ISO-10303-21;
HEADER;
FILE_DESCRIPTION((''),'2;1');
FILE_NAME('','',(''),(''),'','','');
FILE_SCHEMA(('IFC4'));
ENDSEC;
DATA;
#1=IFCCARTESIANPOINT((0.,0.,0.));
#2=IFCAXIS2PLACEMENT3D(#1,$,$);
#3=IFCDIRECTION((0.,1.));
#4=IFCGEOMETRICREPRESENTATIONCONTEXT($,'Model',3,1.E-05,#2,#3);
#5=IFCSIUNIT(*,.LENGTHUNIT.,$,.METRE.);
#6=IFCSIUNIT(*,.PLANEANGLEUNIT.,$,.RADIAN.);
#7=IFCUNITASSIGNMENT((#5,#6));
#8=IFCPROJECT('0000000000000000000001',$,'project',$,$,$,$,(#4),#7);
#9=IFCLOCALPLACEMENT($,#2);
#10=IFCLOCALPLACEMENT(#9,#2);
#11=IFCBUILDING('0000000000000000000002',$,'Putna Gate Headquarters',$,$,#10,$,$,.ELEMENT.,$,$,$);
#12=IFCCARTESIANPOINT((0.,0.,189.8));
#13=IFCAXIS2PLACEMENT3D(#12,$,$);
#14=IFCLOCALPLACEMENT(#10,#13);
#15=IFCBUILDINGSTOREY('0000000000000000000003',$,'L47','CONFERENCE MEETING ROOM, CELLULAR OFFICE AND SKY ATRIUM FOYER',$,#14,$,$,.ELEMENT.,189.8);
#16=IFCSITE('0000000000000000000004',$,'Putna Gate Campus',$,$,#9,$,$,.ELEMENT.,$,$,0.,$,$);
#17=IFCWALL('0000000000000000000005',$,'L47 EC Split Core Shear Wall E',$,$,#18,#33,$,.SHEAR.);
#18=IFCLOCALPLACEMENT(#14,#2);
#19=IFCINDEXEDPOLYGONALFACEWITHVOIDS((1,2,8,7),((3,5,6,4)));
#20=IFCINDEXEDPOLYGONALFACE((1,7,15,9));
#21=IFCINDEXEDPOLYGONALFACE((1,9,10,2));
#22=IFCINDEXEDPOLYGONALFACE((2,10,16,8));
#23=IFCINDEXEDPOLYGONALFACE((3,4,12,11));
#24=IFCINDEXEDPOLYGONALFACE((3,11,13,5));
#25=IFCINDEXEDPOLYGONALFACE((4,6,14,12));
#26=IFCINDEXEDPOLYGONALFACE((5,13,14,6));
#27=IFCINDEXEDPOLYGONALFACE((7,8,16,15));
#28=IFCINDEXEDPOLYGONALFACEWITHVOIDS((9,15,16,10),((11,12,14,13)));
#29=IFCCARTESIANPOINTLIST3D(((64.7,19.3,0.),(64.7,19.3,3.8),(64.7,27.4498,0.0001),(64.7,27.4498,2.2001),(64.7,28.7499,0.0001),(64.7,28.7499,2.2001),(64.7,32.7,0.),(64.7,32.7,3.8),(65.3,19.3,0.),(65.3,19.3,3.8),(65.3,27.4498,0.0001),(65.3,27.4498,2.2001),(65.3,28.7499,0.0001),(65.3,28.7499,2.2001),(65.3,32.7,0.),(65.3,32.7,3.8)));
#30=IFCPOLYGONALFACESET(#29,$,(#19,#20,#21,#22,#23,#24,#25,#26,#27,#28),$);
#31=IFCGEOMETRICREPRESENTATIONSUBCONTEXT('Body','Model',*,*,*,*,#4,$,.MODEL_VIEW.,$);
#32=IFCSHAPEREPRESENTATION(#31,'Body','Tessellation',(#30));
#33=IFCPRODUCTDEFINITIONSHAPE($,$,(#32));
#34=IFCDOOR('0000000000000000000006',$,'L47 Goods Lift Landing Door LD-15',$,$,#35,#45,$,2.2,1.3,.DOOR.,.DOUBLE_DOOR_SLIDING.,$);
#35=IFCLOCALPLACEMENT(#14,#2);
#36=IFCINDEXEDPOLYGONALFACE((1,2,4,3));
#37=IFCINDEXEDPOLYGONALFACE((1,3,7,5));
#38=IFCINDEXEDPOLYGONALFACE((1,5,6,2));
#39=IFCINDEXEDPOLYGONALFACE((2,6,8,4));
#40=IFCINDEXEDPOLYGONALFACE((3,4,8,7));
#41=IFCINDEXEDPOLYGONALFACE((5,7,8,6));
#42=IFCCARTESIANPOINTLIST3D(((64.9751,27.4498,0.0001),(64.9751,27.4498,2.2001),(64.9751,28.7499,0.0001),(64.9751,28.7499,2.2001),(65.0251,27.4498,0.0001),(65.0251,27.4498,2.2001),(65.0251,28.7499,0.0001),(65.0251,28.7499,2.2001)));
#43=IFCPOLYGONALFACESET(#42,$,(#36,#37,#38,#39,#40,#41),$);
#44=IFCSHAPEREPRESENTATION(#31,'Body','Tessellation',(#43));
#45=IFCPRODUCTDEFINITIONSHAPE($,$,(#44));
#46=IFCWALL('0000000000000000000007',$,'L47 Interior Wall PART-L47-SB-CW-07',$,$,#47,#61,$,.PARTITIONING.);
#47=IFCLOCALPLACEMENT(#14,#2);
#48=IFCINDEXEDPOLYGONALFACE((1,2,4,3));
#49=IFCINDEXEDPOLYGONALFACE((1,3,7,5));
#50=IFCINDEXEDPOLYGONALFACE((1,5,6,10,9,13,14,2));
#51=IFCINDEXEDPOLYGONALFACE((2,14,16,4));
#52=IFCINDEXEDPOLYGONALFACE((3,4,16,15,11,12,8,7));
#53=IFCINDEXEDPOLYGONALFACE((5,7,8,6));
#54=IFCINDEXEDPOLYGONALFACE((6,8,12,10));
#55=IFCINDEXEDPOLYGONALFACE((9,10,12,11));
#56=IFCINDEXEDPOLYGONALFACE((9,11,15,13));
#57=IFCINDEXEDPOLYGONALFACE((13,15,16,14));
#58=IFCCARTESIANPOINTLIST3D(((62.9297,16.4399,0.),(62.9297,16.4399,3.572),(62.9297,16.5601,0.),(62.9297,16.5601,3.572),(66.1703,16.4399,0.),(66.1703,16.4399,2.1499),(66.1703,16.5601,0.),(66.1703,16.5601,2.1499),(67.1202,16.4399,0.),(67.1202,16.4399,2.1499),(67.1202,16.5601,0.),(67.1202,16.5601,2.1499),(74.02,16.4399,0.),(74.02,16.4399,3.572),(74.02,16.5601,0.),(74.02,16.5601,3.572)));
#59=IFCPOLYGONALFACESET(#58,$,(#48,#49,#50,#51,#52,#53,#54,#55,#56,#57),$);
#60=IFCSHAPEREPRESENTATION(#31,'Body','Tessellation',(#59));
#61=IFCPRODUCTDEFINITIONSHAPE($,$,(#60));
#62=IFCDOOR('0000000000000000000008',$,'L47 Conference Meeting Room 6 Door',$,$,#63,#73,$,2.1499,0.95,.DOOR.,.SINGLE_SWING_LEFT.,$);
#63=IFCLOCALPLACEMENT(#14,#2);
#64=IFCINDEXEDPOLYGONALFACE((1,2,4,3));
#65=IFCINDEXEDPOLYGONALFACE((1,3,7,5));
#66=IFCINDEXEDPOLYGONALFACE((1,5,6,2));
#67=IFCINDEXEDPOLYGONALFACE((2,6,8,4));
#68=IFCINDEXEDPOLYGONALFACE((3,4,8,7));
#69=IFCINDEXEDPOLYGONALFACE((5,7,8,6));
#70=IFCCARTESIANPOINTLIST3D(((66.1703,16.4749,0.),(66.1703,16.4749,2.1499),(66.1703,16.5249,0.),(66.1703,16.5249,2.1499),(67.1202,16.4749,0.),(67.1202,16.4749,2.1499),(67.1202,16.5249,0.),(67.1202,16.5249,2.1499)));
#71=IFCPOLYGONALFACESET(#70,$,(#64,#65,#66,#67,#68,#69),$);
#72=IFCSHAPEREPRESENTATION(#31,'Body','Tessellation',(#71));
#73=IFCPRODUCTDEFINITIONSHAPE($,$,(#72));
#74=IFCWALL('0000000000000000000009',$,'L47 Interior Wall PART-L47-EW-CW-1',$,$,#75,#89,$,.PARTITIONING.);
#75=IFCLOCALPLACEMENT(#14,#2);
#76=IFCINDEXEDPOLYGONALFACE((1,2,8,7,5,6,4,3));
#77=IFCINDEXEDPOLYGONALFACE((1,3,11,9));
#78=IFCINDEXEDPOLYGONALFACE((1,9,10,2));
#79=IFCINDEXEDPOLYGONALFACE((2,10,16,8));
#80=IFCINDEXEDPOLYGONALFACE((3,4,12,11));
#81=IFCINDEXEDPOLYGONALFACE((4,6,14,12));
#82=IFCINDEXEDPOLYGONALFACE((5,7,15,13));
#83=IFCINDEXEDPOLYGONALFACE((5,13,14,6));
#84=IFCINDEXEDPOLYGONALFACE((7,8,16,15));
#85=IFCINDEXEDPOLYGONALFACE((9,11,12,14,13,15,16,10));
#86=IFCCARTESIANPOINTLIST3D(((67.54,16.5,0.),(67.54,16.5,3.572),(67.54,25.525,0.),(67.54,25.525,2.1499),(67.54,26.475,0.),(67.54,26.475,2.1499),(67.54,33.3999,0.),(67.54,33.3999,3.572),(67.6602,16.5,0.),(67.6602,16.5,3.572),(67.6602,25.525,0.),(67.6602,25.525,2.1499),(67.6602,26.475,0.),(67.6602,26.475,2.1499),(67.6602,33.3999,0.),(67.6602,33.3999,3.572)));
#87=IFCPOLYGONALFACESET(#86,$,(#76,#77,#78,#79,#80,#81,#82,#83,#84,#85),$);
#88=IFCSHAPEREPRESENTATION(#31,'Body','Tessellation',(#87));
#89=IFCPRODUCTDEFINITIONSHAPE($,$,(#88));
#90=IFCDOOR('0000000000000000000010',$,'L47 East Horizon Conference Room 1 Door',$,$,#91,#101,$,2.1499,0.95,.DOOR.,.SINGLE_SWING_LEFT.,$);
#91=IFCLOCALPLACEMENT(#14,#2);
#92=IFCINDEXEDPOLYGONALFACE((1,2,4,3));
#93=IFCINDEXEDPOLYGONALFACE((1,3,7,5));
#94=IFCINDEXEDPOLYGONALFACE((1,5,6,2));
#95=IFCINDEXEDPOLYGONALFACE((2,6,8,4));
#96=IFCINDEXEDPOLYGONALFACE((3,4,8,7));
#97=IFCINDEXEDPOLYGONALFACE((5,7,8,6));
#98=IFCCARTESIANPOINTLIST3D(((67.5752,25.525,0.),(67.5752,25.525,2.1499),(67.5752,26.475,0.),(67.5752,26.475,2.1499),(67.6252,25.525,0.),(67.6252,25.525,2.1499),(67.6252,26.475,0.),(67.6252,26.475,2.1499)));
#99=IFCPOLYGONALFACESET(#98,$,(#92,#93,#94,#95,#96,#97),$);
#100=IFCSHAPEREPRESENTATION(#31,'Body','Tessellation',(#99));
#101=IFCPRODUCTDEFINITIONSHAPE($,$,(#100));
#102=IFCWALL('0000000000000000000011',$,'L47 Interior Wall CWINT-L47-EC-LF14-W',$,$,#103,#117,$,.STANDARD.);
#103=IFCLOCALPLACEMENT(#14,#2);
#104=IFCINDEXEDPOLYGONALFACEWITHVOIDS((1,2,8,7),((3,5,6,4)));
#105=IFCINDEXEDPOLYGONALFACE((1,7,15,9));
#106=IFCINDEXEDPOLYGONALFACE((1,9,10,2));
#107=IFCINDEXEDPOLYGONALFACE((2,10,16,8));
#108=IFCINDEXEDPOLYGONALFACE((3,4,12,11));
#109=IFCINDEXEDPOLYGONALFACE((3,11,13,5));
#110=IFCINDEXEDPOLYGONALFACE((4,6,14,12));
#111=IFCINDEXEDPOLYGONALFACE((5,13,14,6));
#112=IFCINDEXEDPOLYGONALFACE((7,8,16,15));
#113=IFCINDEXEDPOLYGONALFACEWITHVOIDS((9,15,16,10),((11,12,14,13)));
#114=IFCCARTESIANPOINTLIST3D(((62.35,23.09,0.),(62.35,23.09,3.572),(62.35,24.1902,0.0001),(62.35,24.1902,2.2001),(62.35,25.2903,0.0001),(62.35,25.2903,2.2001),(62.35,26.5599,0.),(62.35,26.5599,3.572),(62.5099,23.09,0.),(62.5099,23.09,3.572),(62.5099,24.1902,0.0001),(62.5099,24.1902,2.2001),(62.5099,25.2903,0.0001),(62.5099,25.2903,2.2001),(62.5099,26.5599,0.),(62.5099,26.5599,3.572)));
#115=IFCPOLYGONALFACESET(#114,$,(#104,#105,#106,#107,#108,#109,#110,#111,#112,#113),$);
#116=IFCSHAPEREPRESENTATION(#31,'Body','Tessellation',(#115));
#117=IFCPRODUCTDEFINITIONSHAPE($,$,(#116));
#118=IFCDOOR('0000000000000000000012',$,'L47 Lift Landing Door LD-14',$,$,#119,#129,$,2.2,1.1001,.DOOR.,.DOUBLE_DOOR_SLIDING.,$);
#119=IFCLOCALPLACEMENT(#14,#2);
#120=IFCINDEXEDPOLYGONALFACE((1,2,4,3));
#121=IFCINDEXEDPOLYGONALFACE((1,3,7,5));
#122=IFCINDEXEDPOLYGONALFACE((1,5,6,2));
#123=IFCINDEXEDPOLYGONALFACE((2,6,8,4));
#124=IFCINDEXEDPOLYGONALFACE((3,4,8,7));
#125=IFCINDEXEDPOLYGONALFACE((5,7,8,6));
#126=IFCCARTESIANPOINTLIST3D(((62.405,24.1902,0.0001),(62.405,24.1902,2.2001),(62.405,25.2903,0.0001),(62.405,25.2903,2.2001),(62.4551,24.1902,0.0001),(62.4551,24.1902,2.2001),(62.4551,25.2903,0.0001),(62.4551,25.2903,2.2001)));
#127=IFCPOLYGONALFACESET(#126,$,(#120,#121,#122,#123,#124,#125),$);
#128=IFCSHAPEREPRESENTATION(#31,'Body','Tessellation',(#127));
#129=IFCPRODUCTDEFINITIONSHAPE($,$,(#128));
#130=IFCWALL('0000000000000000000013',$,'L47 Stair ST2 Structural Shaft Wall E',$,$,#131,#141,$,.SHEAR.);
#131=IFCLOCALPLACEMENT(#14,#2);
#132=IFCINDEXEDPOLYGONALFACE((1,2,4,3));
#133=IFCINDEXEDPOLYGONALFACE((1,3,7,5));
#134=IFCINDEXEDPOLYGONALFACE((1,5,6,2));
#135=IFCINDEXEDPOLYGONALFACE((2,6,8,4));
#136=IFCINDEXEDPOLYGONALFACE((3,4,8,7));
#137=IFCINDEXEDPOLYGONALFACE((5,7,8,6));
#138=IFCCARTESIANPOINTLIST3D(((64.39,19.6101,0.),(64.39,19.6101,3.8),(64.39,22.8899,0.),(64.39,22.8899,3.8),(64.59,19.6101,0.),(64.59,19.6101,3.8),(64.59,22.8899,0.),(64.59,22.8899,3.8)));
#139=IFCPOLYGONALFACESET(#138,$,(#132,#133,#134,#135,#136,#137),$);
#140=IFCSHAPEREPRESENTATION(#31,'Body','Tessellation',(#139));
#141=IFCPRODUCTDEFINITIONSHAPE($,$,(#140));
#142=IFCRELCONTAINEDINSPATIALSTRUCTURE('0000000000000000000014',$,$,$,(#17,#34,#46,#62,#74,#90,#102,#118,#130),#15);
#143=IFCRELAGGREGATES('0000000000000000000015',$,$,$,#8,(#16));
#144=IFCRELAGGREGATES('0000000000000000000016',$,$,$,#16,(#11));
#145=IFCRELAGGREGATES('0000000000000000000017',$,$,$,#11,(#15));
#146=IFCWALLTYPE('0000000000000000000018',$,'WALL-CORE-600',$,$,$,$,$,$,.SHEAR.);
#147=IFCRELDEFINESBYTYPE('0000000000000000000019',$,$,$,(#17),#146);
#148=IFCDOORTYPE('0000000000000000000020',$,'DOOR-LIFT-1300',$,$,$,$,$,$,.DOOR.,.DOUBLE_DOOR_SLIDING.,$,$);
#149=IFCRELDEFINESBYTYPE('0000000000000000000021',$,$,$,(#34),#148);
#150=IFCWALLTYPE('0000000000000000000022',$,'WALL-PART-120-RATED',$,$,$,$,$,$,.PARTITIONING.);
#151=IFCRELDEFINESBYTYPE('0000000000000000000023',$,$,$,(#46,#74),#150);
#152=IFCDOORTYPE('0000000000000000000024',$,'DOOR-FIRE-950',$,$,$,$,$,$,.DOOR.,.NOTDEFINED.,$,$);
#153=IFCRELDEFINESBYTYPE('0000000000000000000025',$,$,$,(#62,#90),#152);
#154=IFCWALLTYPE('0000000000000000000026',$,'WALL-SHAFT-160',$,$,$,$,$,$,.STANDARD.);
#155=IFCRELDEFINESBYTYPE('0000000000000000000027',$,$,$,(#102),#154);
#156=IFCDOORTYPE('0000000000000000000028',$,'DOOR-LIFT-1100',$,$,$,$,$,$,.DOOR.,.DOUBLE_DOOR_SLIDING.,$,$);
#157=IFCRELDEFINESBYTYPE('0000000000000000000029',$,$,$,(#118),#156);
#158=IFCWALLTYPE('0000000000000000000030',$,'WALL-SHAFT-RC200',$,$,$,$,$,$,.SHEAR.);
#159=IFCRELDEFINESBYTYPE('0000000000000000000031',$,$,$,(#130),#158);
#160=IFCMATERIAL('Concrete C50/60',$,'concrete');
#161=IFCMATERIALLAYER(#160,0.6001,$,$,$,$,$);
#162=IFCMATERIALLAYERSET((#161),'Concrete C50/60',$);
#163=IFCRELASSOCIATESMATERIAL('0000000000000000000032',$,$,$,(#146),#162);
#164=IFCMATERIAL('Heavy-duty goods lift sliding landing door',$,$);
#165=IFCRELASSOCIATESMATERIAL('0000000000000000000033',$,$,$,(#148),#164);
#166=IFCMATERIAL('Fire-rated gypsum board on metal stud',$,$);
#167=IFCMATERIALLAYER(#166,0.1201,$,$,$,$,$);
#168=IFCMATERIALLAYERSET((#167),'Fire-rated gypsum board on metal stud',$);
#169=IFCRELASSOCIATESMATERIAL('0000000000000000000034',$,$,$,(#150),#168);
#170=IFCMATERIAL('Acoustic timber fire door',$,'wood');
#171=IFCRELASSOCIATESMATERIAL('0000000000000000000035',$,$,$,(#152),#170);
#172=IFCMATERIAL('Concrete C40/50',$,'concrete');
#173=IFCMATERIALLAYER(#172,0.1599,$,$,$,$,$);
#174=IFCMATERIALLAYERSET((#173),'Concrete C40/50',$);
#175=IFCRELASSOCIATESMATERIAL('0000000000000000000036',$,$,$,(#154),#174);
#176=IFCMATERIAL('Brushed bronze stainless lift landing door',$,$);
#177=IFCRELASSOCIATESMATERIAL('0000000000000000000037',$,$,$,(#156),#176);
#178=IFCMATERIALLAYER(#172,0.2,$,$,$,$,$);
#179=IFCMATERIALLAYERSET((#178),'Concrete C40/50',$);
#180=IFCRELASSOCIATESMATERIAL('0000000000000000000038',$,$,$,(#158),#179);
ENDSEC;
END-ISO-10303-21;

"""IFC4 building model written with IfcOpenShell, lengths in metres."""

from ifc_helpers import new_model, si_unit, direction, frame, frame_2d, origin, place, context, subcontext, project, spatial, rectangle, extrude, material, layer, layer_set, type_object, element, fill, save


model = new_model("IFC4")

# Units and contexts
model_context = context("Model", 3, precision=1e-05, world=origin(), true_north=direction((0.0, 1.0)))
body_context = subcontext(model_context, "Body", "Model", "MODEL_VIEW")
ifc_project = project(units=[si_unit("LENGTHUNIT", "METRE"), si_unit("PLANEANGLEUNIT", "RADIAN")], contexts=[model_context])

# Site, building, storey
site_placement = place(None, origin())
site = spatial("IfcSite", under=ifc_project, at=site_placement, Name="Putna Gate Campus", CompositionType="ELEMENT", RefElevation=0.0)
building_placement = place(site_placement, origin())
building = spatial("IfcBuilding", under=site, at=building_placement, Name="Putna Gate Headquarters", CompositionType="ELEMENT")
storey_placement = place(building_placement, frame((0.0, 0.0, 189.8)))
storey = spatial("IfcBuildingStorey", under=building, at=storey_placement, Name="L47", Description="CONFERENCE MEETING ROOM, CELLULAR OFFICE AND SKY ATRIUM FOYER", CompositionType="ELEMENT", Elevation=189.8)

# Shared definitions
ifc_material_1 = material(Name="Concrete C50/60", Category="concrete")

# Walls, openings, doors
ifc_layer_1 = layer(ifc_material_1, 0.6001)
ifc_layer_set_1 = layer_set([ifc_layer_1], Name="Concrete C50/60")
wall_type_1 = type_object("IfcWallType", Name="WALL-CORE-600", PredefinedType="SHEAR", material=ifc_layer_set_1)
wall_1_placement = place(storey_placement, frame((65.0, 19.3, 0.0), z_axis=(0.0, 0.0, 1.0), x_axis=(0.0, 1.0, 0.0)))
wall_1 = element("IfcWall", 1, at=wall_1_placement, inside=storey, type_object=wall_type_1, Name="L47 EC Split Core Shear Wall E", PredefinedType="SHEAR", context=body_context, shape_type="SweptSolid", body=[
    extrude(rectangle(XDim=13.3999, YDim=0.6001, at=frame_2d((6.7, 0.0))), origin(), (0.0, 0.0, 1.0), 3.8),
])
opening_1_placement = place(wall_1_placement, frame((8.1499, 0.0, 0.0)))
opening_1 = element("IfcOpeningElement", 2, at=opening_1_placement, cuts=wall_1, PredefinedType="OPENING", context=body_context, shape_type="SweptSolid", body=[
    extrude(rectangle(XDim=1.3, YDim=2.2, at=frame_2d((0.6499, 1.1001))), frame((0.0, 0.3101, 0.0), z_axis=(0.0, -1.0, 0.0), x_axis=(1.0, 0.0, 0.0)), (0.0, 0.0, 1.0), 0.6201),
])
ifc_material_2 = material(Name="Heavy-duty goods lift sliding landing door")
door_type_1 = type_object("IfcDoorType", Name="DOOR-LIFT-1300", OperationType="DOUBLE_DOOR_SLIDING", PredefinedType="DOOR", material=ifc_material_2)
door_1_placement = place(opening_1_placement, origin())
door_1 = element("IfcDoor", 3, at=door_1_placement, inside=storey, type_object=door_type_1, Name="L47 Goods Lift Landing Door LD-15", OperationType="DOUBLE_DOOR_SLIDING", OverallHeight=2.2, OverallWidth=1.3, PredefinedType="DOOR", context=body_context, shape_type="SweptSolid", body=[
    extrude(rectangle(XDim=1.3, YDim=2.2, at=frame_2d((0.6499, 1.1001))), frame((0.0, 0.0249, 0.0), z_axis=(0.0, -1.0, 0.0), x_axis=(1.0, 0.0, 0.0)), (0.0, 0.0, 1.0), 0.05),
])
fill(opening_1, door_1)
ifc_material_3 = material(Name="Fire-rated gypsum board on metal stud")
ifc_layer_2 = layer(ifc_material_3, 0.1201)
ifc_layer_set_2 = layer_set([ifc_layer_2], Name="Fire-rated gypsum board on metal stud")
wall_type_2 = type_object("IfcWallType", Name="WALL-PART-120-RATED", PredefinedType="PARTITIONING", material=ifc_layer_set_2)
wall_2_placement = place(storey_placement, frame((62.9297, 16.5, 0.0), z_axis=(0.0, 0.0, 1.0), x_axis=(1.0, 0.0, 0.0)))
wall_2 = element("IfcWall", 4, at=wall_2_placement, inside=storey, type_object=wall_type_2, Name="L47 Interior Wall PART-L47-SB-CW-07", PredefinedType="PARTITIONING", context=body_context, shape_type="SweptSolid", body=[
    extrude(rectangle(XDim=11.0903, YDim=0.1201, at=frame_2d((5.5452, 0.0))), origin(), (0.0, 0.0, 1.0), 3.572),
])
opening_2_placement = place(wall_2_placement, frame((3.2405, 0.0, 0.0)))
opening_2 = element("IfcOpeningElement", 5, at=opening_2_placement, cuts=wall_2, PredefinedType="OPENING", context=body_context, shape_type="SweptSolid", body=[
    extrude(rectangle(XDim=0.95, YDim=2.1499, at=frame_2d((0.4751, 1.075))), frame((0.0, 0.0701, 0.0), z_axis=(0.0, -1.0, 0.0), x_axis=(1.0, 0.0, 0.0)), (0.0, 0.0, 1.0), 0.1401),
])
ifc_material_4 = material(Name="Acoustic timber fire door", Category="wood")
door_type_2 = type_object("IfcDoorType", Name="DOOR-FIRE-950", OperationType="NOTDEFINED", PredefinedType="DOOR", material=ifc_material_4)
door_2_placement = place(opening_2_placement, origin())
door_2 = element("IfcDoor", 6, at=door_2_placement, inside=storey, type_object=door_type_2, Name="L47 Conference Meeting Room 6 Door", OperationType="SINGLE_SWING_LEFT", OverallHeight=2.1499, OverallWidth=0.95, PredefinedType="DOOR", context=body_context, shape_type="SweptSolid", body=[
    extrude(rectangle(XDim=0.95, YDim=2.1499, at=frame_2d((0.4751, 1.075))), frame((0.0, 0.0249, 0.0), z_axis=(0.0, -1.0, 0.0), x_axis=(1.0, 0.0, 0.0)), (0.0, 0.0, 1.0), 0.05),
])
fill(opening_2, door_2)
wall_3_placement = place(storey_placement, frame((67.6001, 16.5, 0.0), z_axis=(0.0, 0.0, 1.0), x_axis=(0.0, 1.0, 0.0)))
wall_3 = element("IfcWall", 7, at=wall_3_placement, inside=storey, type_object=wall_type_2, Name="L47 Interior Wall PART-L47-EW-CW-1", PredefinedType="PARTITIONING", context=body_context, shape_type="SweptSolid", body=[
    extrude(rectangle(XDim=16.8999, YDim=0.1201, at=frame_2d((8.45, 0.0))), origin(), (0.0, 0.0, 1.0), 3.572),
])
opening_3_placement = place(wall_3_placement, frame((9.0249, 0.0, 0.0)))
opening_3 = element("IfcOpeningElement", 8, at=opening_3_placement, cuts=wall_3, PredefinedType="OPENING", context=body_context, shape_type="SweptSolid", body=[
    extrude(rectangle(XDim=0.95, YDim=2.1499, at=frame_2d((0.4751, 1.075))), frame((0.0, 0.0701, 0.0), z_axis=(0.0, -1.0, 0.0), x_axis=(1.0, 0.0, 0.0)), (0.0, 0.0, 1.0), 0.1401),
])
door_3_placement = place(opening_3_placement, origin())
door_3 = element("IfcDoor", 9, at=door_3_placement, inside=storey, type_object=door_type_2, Name="L47 East Horizon Conference Room 1 Door", OperationType="SINGLE_SWING_LEFT", OverallHeight=2.1499, OverallWidth=0.95, PredefinedType="DOOR", context=body_context, shape_type="SweptSolid", body=[
    extrude(rectangle(XDim=0.95, YDim=2.1499, at=frame_2d((0.4751, 1.075))), frame((0.0, 0.0249, 0.0), z_axis=(0.0, -1.0, 0.0), x_axis=(1.0, 0.0, 0.0)), (0.0, 0.0, 1.0), 0.05),
])
fill(opening_3, door_3)
ifc_material_5 = material(Name="Concrete C40/50", Category="concrete")
ifc_layer_3 = layer(ifc_material_5, 0.1599)
ifc_layer_set_3 = layer_set([ifc_layer_3], Name="Concrete C40/50")
wall_type_3 = type_object("IfcWallType", Name="WALL-SHAFT-160", PredefinedType="STANDARD", material=ifc_layer_set_3)
wall_4_placement = place(storey_placement, frame((62.4299, 23.0901, 0.0), z_axis=(0.0, 0.0, 1.0), x_axis=(0.0, 1.0, 0.0)))
wall_4 = element("IfcWall", 10, at=wall_4_placement, inside=storey, type_object=wall_type_3, Name="L47 Interior Wall CWINT-L47-EC-LF14-W", PredefinedType="STANDARD", context=body_context, shape_type="SweptSolid", body=[
    extrude(rectangle(XDim=3.47, YDim=0.1599, at=frame_2d((1.7349, 0.0))), origin(), (0.0, 0.0, 1.0), 3.572),
])
opening_4_placement = place(wall_4_placement, frame((1.1001, 0.0, 0.0)))
opening_4 = element("IfcOpeningElement", 11, at=opening_4_placement, cuts=wall_4, PredefinedType="OPENING", context=body_context, shape_type="SweptSolid", body=[
    extrude(rectangle(XDim=1.1001, YDim=2.2, at=frame_2d((0.55, 1.1001))), frame((0.0, 0.0898, 0.0), z_axis=(0.0, -1.0, 0.0), x_axis=(1.0, 0.0, 0.0)), (0.0, 0.0, 1.0), 0.1799),
])
ifc_material_6 = material(Name="Brushed bronze stainless lift landing door")
door_type_3 = type_object("IfcDoorType", Name="DOOR-LIFT-1100", OperationType="DOUBLE_DOOR_SLIDING", PredefinedType="DOOR", material=ifc_material_6)
door_4_placement = place(opening_4_placement, origin())
door_4 = element("IfcDoor", 12, at=door_4_placement, inside=storey, type_object=door_type_3, Name="L47 Lift Landing Door LD-14", OperationType="DOUBLE_DOOR_SLIDING", OverallHeight=2.2, OverallWidth=1.1001, PredefinedType="DOOR", context=body_context, shape_type="SweptSolid", body=[
    extrude(rectangle(XDim=1.1001, YDim=2.2, at=frame_2d((0.55, 1.1001))), frame((0.0, 0.0249, 0.0), z_axis=(0.0, -1.0, 0.0), x_axis=(1.0, 0.0, 0.0)), (0.0, 0.0, 1.0), 0.05),
])
fill(opening_4, door_4)

# Wall
ifc_layer_4 = layer(ifc_material_5, 0.2)
ifc_layer_set_4 = layer_set([ifc_layer_4], Name="Concrete C40/50")
wall_type_4 = type_object("IfcWallType", Name="WALL-SHAFT-RC200", PredefinedType="SHEAR", material=ifc_layer_set_4)
wall_5_placement = place(storey_placement, frame((64.49, 19.6101, 0.0), z_axis=(0.0, 0.0, 1.0), x_axis=(0.0, 1.0, 0.0)))
element("IfcWall", 13, at=wall_5_placement, inside=storey, type_object=wall_type_4, Name="L47 Stair ST2 Structural Shaft Wall E", PredefinedType="SHEAR", context=body_context, shape_type="SweptSolid", body=[
    extrude(rectangle(XDim=3.2798, YDim=0.2, at=frame_2d((1.6399, 0.0))), origin(), (0.0, 0.0, 1.0), 3.8),
])

save(model, "model.ifc")
